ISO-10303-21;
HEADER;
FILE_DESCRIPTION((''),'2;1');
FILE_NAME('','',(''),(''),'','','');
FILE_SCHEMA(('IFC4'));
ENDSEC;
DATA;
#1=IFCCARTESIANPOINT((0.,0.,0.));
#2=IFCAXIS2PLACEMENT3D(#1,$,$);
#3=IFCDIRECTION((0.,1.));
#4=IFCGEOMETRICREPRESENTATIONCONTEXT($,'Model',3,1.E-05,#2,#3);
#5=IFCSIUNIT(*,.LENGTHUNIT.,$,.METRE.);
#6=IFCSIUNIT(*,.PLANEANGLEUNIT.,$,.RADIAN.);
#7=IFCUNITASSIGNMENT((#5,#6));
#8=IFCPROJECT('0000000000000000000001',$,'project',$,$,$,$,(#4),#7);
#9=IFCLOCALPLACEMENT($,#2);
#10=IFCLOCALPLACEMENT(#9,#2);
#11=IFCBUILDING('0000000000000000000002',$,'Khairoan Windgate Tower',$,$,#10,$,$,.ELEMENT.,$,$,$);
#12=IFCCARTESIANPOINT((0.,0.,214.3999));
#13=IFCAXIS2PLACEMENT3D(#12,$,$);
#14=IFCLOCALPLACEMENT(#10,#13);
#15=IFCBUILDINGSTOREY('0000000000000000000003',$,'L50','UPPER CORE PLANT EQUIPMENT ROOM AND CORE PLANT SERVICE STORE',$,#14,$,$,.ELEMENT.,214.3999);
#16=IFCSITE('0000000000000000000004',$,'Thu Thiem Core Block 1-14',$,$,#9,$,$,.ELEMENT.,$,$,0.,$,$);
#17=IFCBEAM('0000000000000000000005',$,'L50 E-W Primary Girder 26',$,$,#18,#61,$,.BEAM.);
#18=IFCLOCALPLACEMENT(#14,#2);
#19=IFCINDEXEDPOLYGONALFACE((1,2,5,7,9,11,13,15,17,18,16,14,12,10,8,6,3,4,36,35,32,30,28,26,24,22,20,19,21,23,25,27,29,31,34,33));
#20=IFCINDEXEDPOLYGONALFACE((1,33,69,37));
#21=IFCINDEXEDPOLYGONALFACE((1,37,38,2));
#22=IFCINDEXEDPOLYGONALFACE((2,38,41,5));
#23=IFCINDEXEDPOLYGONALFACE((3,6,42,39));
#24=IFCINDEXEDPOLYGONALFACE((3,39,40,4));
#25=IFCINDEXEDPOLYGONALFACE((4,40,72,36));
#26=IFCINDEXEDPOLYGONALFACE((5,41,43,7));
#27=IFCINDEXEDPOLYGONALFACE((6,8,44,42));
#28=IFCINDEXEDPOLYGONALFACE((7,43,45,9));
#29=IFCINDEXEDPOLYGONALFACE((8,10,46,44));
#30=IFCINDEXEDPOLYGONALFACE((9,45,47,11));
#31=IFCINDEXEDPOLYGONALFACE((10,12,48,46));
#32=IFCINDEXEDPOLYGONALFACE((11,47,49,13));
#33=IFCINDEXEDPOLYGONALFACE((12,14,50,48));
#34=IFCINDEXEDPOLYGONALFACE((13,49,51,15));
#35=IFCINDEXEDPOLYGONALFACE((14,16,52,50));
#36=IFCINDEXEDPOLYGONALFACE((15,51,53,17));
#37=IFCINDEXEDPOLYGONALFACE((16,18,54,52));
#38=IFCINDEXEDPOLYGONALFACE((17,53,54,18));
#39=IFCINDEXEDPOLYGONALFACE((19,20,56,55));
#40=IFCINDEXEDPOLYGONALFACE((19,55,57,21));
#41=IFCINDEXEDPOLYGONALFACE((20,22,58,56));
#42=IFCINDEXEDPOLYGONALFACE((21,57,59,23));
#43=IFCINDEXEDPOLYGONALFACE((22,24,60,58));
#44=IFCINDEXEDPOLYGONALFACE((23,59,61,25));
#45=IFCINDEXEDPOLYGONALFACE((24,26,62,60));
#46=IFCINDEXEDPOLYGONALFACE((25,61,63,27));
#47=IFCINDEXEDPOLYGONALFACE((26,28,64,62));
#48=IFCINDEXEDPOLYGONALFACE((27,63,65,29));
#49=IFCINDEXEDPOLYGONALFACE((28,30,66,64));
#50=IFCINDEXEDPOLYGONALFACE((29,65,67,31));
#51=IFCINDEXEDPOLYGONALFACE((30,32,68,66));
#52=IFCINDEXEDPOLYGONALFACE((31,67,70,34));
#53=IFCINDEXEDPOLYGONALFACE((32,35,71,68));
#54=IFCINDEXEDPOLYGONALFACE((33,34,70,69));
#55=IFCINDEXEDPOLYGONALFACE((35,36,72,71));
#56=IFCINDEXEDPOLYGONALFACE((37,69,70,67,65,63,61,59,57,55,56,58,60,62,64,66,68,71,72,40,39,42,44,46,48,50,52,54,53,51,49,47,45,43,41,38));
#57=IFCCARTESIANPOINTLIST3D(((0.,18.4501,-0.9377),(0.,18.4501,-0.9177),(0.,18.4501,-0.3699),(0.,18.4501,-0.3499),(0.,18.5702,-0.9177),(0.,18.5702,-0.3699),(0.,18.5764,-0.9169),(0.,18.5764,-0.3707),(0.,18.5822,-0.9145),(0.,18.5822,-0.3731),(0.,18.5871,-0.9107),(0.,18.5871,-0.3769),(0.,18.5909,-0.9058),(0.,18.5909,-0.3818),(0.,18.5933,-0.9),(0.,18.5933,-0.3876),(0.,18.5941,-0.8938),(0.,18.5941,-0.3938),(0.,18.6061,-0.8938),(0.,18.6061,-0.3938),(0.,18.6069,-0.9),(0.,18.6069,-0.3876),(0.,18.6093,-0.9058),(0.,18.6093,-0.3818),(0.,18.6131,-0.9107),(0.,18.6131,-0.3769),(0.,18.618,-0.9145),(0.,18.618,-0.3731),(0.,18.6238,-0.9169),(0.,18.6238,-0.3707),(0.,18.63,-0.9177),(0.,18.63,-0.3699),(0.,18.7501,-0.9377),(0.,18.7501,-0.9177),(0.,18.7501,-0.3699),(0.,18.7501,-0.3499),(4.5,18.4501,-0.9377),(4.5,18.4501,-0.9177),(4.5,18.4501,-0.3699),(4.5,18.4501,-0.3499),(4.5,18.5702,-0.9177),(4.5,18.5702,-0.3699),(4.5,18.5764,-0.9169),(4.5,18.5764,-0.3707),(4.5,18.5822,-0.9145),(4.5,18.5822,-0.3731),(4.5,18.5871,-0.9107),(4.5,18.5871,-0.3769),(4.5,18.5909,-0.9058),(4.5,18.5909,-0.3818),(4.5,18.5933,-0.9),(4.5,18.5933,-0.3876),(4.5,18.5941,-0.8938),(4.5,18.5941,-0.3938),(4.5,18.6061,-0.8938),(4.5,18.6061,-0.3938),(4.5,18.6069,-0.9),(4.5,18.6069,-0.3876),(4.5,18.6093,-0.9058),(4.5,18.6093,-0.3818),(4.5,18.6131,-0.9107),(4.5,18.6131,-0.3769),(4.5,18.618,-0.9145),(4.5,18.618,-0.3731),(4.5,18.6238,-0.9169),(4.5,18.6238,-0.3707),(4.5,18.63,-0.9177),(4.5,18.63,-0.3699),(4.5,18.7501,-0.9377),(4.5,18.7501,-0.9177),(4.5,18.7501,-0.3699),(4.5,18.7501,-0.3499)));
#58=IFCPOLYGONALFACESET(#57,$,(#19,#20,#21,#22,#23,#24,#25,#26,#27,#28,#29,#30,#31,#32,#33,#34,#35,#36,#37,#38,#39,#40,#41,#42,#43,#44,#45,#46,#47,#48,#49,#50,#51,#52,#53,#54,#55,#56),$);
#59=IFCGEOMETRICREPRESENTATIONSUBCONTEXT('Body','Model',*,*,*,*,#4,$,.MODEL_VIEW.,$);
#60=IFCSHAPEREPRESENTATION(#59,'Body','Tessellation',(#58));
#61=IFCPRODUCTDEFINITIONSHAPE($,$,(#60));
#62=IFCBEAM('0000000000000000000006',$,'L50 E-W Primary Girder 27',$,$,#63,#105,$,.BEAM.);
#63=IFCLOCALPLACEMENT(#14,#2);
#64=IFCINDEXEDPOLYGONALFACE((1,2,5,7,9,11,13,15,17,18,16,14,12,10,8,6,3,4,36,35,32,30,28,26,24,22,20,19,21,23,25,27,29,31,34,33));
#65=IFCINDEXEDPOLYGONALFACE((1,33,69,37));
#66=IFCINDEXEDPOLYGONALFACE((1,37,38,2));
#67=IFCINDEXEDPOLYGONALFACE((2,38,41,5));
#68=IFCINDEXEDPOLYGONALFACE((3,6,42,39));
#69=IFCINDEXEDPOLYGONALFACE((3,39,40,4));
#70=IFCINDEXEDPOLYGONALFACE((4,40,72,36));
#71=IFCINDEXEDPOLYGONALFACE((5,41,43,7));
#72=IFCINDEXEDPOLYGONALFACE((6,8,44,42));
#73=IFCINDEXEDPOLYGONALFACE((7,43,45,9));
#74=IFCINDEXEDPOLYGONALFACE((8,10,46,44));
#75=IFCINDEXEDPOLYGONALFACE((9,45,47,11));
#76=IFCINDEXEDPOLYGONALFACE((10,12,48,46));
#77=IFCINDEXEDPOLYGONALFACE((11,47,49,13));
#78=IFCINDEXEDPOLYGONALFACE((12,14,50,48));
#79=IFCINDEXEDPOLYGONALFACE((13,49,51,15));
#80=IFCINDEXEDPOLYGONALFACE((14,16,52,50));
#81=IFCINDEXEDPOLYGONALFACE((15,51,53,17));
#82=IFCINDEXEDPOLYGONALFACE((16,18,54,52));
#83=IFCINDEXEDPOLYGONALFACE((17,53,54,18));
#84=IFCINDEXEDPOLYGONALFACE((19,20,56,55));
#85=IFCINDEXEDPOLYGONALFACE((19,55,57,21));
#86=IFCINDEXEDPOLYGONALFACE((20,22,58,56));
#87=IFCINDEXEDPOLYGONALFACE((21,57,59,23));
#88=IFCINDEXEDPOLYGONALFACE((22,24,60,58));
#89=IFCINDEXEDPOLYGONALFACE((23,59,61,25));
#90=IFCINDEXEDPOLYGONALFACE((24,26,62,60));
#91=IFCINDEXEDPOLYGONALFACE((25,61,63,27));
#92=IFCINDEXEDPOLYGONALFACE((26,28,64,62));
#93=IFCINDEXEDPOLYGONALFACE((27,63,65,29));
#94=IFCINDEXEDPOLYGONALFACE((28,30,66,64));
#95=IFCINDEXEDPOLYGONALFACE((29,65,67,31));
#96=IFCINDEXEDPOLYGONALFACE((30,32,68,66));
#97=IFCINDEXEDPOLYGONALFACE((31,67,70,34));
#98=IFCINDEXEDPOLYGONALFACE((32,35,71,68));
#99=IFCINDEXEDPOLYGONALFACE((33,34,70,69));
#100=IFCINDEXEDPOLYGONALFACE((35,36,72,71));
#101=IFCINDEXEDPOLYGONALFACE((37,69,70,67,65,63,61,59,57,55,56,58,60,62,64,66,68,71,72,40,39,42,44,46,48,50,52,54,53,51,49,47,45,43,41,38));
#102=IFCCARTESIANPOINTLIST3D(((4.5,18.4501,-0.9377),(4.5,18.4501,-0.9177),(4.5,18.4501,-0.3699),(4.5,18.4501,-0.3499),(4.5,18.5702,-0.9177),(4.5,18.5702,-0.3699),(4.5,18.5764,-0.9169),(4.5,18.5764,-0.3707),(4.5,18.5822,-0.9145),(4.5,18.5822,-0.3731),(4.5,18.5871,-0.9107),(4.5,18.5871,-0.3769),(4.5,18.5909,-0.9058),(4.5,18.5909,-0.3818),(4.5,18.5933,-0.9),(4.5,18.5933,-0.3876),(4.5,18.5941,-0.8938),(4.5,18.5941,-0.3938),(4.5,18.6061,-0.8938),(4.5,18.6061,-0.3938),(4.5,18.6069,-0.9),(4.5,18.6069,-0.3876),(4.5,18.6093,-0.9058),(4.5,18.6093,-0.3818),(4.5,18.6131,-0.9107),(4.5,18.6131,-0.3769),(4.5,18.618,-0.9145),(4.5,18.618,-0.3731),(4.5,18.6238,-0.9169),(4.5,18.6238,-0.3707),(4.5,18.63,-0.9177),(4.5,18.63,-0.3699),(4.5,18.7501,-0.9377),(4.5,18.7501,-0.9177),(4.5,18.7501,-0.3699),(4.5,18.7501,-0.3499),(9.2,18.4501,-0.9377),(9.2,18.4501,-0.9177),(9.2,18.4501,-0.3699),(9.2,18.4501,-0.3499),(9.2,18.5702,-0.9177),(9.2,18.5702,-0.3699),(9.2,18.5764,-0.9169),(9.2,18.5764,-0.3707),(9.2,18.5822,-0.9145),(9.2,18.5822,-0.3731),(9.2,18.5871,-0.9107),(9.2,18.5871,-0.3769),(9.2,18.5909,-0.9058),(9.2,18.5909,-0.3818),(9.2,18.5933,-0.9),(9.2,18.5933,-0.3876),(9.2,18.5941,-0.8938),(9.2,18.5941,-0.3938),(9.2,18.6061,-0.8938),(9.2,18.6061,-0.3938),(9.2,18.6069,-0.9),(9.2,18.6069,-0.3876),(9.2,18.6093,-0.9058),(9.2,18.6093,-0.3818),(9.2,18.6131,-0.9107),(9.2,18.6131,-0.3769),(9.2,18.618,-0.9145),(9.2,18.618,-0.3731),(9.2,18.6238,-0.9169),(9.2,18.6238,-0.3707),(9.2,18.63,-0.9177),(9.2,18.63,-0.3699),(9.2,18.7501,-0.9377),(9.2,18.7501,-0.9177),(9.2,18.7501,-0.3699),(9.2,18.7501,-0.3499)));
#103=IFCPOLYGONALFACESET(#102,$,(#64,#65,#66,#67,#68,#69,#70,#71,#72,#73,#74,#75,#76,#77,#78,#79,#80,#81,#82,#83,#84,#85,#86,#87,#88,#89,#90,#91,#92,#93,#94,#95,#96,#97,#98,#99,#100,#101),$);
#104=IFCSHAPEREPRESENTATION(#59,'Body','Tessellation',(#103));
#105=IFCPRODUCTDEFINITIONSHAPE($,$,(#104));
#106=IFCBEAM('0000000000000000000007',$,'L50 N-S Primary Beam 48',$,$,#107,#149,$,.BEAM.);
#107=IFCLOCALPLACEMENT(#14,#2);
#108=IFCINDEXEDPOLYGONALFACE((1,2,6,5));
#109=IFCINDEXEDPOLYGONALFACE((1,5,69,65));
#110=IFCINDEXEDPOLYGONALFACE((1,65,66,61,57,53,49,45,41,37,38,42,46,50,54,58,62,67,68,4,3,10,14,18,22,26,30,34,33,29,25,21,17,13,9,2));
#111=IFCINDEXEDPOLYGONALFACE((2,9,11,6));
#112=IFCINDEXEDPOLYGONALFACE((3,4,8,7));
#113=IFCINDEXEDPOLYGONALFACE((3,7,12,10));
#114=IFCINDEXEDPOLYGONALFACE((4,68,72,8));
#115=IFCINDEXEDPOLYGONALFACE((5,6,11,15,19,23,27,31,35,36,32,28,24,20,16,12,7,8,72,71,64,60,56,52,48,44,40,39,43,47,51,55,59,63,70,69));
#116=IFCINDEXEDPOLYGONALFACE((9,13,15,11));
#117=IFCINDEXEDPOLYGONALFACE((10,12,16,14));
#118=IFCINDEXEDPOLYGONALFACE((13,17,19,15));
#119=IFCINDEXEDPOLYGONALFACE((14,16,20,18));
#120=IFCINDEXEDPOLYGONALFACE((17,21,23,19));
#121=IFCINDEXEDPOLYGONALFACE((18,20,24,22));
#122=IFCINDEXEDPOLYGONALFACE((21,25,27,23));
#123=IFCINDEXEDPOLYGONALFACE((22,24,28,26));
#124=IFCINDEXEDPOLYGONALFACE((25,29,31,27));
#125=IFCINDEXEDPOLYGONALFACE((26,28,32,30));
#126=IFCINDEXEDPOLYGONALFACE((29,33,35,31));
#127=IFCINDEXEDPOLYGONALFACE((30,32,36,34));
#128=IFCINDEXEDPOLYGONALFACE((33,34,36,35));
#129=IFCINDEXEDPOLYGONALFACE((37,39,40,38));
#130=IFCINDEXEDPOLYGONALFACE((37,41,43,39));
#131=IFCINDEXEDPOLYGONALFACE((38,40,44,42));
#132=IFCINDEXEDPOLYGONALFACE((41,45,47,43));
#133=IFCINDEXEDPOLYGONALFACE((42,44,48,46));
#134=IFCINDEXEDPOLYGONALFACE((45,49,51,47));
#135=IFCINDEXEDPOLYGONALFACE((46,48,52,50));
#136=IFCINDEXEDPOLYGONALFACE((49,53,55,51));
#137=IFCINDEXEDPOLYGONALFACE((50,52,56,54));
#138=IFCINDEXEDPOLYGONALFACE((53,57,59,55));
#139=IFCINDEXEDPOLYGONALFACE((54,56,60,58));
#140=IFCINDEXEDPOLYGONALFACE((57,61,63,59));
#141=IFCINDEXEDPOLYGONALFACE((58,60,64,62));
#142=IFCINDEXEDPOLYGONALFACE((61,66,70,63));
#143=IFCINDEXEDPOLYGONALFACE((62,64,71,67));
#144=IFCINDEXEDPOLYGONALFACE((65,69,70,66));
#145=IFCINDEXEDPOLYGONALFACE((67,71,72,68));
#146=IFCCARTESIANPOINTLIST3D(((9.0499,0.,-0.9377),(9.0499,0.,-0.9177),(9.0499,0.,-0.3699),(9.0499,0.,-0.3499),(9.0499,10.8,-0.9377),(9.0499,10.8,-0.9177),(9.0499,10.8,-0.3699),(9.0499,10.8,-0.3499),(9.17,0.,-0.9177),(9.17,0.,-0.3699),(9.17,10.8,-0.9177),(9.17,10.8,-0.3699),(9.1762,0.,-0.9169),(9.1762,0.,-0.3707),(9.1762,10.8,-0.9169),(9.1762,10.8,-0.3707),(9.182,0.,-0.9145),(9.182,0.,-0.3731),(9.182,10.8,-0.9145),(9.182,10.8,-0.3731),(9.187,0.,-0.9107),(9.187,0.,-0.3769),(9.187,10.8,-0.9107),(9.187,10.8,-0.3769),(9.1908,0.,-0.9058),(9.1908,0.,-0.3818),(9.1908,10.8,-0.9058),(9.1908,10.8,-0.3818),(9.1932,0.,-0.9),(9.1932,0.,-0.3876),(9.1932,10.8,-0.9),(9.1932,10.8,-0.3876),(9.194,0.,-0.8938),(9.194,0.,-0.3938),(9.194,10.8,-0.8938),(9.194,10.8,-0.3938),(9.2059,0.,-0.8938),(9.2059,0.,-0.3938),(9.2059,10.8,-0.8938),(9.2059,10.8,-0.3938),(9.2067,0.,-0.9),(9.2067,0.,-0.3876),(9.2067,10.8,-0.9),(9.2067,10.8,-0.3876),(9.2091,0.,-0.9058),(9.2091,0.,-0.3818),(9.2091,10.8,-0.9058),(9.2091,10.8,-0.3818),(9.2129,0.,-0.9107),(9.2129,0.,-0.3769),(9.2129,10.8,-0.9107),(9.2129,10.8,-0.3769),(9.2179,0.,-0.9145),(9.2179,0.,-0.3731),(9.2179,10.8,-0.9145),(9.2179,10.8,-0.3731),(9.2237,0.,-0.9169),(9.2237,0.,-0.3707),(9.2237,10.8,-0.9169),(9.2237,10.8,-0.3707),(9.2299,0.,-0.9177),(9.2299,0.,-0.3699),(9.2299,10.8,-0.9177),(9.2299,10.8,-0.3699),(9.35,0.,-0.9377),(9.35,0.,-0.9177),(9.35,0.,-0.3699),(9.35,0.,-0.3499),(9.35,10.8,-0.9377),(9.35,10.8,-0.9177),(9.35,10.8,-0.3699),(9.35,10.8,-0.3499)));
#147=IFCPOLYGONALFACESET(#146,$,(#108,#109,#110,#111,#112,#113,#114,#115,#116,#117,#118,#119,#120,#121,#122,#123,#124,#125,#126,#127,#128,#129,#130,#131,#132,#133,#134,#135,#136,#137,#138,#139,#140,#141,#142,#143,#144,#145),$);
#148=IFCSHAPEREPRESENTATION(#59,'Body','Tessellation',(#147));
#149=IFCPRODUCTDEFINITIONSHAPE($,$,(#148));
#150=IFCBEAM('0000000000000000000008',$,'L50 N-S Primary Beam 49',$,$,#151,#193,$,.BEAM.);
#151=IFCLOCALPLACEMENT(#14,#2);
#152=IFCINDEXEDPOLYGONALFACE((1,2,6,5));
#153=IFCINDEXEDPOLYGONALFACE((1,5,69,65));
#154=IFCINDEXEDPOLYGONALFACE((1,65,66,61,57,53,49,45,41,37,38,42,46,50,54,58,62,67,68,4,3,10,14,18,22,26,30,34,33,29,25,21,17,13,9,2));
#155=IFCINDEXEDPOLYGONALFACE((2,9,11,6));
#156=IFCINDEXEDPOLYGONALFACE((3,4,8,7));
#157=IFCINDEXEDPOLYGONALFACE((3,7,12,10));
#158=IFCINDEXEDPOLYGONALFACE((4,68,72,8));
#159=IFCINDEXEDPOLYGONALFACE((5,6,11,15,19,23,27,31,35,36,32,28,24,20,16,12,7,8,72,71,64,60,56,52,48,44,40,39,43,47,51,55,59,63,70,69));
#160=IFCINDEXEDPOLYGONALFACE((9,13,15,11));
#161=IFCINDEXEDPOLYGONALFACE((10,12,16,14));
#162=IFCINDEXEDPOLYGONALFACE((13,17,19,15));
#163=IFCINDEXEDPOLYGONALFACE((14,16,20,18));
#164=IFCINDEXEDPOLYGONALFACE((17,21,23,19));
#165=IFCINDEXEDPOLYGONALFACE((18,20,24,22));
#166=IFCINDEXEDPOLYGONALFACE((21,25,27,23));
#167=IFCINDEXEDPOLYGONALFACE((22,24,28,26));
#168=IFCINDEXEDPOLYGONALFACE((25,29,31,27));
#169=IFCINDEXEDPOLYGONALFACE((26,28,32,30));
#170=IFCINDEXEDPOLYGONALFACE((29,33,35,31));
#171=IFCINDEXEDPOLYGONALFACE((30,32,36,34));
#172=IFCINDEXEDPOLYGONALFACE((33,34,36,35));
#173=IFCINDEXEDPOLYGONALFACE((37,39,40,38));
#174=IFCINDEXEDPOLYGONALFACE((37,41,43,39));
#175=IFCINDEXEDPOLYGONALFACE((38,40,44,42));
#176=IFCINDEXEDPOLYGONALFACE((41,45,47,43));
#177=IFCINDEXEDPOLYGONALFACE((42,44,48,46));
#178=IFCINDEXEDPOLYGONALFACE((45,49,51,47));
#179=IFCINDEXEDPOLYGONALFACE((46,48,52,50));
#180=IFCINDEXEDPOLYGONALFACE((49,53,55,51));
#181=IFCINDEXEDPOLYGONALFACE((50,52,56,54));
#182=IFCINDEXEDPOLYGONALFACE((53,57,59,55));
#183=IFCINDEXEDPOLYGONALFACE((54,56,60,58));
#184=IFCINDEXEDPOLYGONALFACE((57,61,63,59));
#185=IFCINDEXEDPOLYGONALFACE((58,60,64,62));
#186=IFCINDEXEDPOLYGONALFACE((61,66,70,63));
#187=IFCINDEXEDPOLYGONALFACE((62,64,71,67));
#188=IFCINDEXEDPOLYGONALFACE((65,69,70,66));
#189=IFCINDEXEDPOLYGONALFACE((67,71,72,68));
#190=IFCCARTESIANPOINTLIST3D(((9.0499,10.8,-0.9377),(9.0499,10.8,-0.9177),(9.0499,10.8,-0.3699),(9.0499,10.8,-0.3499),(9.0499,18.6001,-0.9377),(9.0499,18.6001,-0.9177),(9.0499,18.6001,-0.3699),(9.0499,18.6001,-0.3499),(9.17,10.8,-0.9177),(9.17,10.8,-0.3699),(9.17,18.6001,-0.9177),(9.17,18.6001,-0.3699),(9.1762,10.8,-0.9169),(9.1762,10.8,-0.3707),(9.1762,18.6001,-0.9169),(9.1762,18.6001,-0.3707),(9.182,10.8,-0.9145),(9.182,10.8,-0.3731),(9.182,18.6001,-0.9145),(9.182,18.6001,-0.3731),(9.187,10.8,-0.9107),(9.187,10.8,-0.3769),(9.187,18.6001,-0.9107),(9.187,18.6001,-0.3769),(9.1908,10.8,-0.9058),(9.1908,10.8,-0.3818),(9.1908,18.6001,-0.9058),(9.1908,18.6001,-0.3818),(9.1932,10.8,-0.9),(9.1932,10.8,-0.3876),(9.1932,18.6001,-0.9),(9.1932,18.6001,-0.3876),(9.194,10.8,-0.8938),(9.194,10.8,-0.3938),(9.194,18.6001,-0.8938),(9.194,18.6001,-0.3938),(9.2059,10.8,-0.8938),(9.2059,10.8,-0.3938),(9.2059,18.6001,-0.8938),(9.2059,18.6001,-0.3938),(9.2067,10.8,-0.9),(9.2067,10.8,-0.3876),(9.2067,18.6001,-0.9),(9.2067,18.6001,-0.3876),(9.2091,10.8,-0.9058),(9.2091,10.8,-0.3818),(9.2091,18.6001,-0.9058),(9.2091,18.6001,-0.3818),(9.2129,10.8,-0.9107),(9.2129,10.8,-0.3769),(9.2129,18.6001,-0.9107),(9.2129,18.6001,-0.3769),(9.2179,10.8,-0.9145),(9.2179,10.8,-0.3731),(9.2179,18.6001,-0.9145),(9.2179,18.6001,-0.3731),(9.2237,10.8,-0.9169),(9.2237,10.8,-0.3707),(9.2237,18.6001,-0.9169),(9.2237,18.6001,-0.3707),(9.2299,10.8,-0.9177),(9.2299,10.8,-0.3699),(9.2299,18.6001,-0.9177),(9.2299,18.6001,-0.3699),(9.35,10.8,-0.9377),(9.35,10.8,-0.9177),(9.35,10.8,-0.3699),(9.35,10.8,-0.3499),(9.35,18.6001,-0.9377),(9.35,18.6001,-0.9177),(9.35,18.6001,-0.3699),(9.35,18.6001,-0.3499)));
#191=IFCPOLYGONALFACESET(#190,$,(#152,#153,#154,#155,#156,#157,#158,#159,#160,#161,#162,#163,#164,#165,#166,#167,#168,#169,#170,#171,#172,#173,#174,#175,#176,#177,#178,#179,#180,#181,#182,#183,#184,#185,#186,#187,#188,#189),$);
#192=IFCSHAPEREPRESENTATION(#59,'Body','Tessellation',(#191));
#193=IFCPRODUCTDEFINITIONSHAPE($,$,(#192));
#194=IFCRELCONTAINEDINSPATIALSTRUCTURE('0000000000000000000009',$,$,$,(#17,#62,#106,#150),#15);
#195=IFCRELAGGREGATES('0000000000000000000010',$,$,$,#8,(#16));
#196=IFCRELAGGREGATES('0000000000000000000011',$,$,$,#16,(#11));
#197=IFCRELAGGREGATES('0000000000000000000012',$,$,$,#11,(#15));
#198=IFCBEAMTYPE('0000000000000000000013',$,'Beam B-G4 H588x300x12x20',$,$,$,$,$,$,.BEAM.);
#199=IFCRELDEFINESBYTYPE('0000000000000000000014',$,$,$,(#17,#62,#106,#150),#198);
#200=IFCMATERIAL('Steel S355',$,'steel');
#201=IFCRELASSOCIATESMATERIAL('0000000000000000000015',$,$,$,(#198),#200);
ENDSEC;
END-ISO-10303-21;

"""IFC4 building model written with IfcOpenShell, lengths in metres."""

from ifc_helpers import new_model, si_unit, direction, frame, origin, origin_2d, place, context, subcontext, project, spatial, i_section, extrude, material, material_profile, profile_set, type_object, element, save


model = new_model("IFC4")

# Units and contexts
model_context = context("Model", 3, precision=1e-05, world=origin(), true_north=direction((0.0, 1.0)))
body_context = subcontext(model_context, "Body", "Model", "MODEL_VIEW")
ifc_project = project(units=[si_unit("LENGTHUNIT", "METRE"), si_unit("PLANEANGLEUNIT", "RADIAN")], contexts=[model_context])

# Site, building, storey
site_placement = place(None, origin())
site = spatial("IfcSite", under=ifc_project, at=site_placement, Name="Thu Thiem Core Block 1-14", CompositionType="ELEMENT", RefElevation=0.0)
building_placement = place(site_placement, origin())
building = spatial("IfcBuilding", under=site, at=building_placement, Name="Khairoan Windgate Tower", CompositionType="ELEMENT")
storey_placement = place(building_placement, frame((0.0, 0.0, 214.3999)))
storey = spatial("IfcBuildingStorey", under=building, at=storey_placement, Name="L50", Description="UPPER CORE PLANT EQUIPMENT ROOM AND CORE PLANT SERVICE STORE", CompositionType="ELEMENT", Elevation=214.3999)

# Beams
ifc_material_1 = material(Name="Steel S355", Category="steel")
ifc_material_profile_1 = material_profile(ifc_material_1, i_section(OverallWidth=0.3, OverallDepth=0.5879, WebThickness=0.012, FlangeThickness=0.02, FilletRadius=0.0239, at=origin_2d()))
ifc_profile_set_1 = profile_set([ifc_material_profile_1], Name="Steel S355")
beam_type_1 = type_object("IfcBeamType", Name="Beam B-G4 H588x300x12x20", PredefinedType="BEAM", material=ifc_profile_set_1)
for number, where, z_axis, x_axis, name in (
    (1, (0.0, 18.6001, -0.6438), (1.0, 0.0, 0.0), (0.0, 1.0, 0.0), "L50 E-W Primary Girder 26"),
):
    element("IfcBeam", number, at=place(storey_placement, frame(where, z_axis=z_axis, x_axis=x_axis)), inside=storey, type_object=beam_type_1, Name=name, PredefinedType="BEAM", context=body_context, shape_type="SweptSolid", body=[
        extrude(i_section(OverallWidth=0.3, OverallDepth=0.5879, WebThickness=0.012, FlangeThickness=0.02, FilletRadius=0.0239, at=origin_2d()), origin(), (0.0, 0.0, 1.0), 4.5),
    ])
beam_1_placement = place(storey_placement, frame((4.5, 18.6001, -0.6438), z_axis=(1.0, 0.0, 0.0), x_axis=(0.0, 1.0, 0.0)))
element("IfcBeam", 2, at=beam_1_placement, inside=storey, type_object=beam_type_1, Name="L50 E-W Primary Girder 27", PredefinedType="BEAM", context=body_context, shape_type="SweptSolid", body=[
    extrude(i_section(OverallWidth=0.3, OverallDepth=0.5879, WebThickness=0.012, FlangeThickness=0.02, FilletRadius=0.0239, at=origin_2d()), origin(), (0.0, 0.0, 1.0), 4.7),
])
beam_2_placement = place(storey_placement, frame((9.2, 0.0, -0.6438), z_axis=(0.0, 1.0, 0.0), x_axis=(-1.0, 0.0, 0.0)))
element("IfcBeam", 3, at=beam_2_placement, inside=storey, type_object=beam_type_1, Name="L50 N-S Primary Beam 48", PredefinedType="BEAM", context=body_context, shape_type="SweptSolid", body=[
    extrude(i_section(OverallWidth=0.3, OverallDepth=0.5879, WebThickness=0.012, FlangeThickness=0.02, FilletRadius=0.0239, at=origin_2d()), origin(), (0.0, 0.0, 1.0), 10.8),
])
beam_3_placement = place(storey_placement, frame((9.2, 10.8, -0.6438), z_axis=(0.0, 1.0, 0.0), x_axis=(-1.0, 0.0, 0.0)))
element("IfcBeam", 4, at=beam_3_placement, inside=storey, type_object=beam_type_1, Name="L50 N-S Primary Beam 49", PredefinedType="BEAM", context=body_context, shape_type="SweptSolid", body=[
    extrude(i_section(OverallWidth=0.3, OverallDepth=0.5879, WebThickness=0.012, FlangeThickness=0.02, FilletRadius=0.0239, at=origin_2d()), origin(), (0.0, 0.0, 1.0), 7.8),
])

save(model, "model.ifc")
